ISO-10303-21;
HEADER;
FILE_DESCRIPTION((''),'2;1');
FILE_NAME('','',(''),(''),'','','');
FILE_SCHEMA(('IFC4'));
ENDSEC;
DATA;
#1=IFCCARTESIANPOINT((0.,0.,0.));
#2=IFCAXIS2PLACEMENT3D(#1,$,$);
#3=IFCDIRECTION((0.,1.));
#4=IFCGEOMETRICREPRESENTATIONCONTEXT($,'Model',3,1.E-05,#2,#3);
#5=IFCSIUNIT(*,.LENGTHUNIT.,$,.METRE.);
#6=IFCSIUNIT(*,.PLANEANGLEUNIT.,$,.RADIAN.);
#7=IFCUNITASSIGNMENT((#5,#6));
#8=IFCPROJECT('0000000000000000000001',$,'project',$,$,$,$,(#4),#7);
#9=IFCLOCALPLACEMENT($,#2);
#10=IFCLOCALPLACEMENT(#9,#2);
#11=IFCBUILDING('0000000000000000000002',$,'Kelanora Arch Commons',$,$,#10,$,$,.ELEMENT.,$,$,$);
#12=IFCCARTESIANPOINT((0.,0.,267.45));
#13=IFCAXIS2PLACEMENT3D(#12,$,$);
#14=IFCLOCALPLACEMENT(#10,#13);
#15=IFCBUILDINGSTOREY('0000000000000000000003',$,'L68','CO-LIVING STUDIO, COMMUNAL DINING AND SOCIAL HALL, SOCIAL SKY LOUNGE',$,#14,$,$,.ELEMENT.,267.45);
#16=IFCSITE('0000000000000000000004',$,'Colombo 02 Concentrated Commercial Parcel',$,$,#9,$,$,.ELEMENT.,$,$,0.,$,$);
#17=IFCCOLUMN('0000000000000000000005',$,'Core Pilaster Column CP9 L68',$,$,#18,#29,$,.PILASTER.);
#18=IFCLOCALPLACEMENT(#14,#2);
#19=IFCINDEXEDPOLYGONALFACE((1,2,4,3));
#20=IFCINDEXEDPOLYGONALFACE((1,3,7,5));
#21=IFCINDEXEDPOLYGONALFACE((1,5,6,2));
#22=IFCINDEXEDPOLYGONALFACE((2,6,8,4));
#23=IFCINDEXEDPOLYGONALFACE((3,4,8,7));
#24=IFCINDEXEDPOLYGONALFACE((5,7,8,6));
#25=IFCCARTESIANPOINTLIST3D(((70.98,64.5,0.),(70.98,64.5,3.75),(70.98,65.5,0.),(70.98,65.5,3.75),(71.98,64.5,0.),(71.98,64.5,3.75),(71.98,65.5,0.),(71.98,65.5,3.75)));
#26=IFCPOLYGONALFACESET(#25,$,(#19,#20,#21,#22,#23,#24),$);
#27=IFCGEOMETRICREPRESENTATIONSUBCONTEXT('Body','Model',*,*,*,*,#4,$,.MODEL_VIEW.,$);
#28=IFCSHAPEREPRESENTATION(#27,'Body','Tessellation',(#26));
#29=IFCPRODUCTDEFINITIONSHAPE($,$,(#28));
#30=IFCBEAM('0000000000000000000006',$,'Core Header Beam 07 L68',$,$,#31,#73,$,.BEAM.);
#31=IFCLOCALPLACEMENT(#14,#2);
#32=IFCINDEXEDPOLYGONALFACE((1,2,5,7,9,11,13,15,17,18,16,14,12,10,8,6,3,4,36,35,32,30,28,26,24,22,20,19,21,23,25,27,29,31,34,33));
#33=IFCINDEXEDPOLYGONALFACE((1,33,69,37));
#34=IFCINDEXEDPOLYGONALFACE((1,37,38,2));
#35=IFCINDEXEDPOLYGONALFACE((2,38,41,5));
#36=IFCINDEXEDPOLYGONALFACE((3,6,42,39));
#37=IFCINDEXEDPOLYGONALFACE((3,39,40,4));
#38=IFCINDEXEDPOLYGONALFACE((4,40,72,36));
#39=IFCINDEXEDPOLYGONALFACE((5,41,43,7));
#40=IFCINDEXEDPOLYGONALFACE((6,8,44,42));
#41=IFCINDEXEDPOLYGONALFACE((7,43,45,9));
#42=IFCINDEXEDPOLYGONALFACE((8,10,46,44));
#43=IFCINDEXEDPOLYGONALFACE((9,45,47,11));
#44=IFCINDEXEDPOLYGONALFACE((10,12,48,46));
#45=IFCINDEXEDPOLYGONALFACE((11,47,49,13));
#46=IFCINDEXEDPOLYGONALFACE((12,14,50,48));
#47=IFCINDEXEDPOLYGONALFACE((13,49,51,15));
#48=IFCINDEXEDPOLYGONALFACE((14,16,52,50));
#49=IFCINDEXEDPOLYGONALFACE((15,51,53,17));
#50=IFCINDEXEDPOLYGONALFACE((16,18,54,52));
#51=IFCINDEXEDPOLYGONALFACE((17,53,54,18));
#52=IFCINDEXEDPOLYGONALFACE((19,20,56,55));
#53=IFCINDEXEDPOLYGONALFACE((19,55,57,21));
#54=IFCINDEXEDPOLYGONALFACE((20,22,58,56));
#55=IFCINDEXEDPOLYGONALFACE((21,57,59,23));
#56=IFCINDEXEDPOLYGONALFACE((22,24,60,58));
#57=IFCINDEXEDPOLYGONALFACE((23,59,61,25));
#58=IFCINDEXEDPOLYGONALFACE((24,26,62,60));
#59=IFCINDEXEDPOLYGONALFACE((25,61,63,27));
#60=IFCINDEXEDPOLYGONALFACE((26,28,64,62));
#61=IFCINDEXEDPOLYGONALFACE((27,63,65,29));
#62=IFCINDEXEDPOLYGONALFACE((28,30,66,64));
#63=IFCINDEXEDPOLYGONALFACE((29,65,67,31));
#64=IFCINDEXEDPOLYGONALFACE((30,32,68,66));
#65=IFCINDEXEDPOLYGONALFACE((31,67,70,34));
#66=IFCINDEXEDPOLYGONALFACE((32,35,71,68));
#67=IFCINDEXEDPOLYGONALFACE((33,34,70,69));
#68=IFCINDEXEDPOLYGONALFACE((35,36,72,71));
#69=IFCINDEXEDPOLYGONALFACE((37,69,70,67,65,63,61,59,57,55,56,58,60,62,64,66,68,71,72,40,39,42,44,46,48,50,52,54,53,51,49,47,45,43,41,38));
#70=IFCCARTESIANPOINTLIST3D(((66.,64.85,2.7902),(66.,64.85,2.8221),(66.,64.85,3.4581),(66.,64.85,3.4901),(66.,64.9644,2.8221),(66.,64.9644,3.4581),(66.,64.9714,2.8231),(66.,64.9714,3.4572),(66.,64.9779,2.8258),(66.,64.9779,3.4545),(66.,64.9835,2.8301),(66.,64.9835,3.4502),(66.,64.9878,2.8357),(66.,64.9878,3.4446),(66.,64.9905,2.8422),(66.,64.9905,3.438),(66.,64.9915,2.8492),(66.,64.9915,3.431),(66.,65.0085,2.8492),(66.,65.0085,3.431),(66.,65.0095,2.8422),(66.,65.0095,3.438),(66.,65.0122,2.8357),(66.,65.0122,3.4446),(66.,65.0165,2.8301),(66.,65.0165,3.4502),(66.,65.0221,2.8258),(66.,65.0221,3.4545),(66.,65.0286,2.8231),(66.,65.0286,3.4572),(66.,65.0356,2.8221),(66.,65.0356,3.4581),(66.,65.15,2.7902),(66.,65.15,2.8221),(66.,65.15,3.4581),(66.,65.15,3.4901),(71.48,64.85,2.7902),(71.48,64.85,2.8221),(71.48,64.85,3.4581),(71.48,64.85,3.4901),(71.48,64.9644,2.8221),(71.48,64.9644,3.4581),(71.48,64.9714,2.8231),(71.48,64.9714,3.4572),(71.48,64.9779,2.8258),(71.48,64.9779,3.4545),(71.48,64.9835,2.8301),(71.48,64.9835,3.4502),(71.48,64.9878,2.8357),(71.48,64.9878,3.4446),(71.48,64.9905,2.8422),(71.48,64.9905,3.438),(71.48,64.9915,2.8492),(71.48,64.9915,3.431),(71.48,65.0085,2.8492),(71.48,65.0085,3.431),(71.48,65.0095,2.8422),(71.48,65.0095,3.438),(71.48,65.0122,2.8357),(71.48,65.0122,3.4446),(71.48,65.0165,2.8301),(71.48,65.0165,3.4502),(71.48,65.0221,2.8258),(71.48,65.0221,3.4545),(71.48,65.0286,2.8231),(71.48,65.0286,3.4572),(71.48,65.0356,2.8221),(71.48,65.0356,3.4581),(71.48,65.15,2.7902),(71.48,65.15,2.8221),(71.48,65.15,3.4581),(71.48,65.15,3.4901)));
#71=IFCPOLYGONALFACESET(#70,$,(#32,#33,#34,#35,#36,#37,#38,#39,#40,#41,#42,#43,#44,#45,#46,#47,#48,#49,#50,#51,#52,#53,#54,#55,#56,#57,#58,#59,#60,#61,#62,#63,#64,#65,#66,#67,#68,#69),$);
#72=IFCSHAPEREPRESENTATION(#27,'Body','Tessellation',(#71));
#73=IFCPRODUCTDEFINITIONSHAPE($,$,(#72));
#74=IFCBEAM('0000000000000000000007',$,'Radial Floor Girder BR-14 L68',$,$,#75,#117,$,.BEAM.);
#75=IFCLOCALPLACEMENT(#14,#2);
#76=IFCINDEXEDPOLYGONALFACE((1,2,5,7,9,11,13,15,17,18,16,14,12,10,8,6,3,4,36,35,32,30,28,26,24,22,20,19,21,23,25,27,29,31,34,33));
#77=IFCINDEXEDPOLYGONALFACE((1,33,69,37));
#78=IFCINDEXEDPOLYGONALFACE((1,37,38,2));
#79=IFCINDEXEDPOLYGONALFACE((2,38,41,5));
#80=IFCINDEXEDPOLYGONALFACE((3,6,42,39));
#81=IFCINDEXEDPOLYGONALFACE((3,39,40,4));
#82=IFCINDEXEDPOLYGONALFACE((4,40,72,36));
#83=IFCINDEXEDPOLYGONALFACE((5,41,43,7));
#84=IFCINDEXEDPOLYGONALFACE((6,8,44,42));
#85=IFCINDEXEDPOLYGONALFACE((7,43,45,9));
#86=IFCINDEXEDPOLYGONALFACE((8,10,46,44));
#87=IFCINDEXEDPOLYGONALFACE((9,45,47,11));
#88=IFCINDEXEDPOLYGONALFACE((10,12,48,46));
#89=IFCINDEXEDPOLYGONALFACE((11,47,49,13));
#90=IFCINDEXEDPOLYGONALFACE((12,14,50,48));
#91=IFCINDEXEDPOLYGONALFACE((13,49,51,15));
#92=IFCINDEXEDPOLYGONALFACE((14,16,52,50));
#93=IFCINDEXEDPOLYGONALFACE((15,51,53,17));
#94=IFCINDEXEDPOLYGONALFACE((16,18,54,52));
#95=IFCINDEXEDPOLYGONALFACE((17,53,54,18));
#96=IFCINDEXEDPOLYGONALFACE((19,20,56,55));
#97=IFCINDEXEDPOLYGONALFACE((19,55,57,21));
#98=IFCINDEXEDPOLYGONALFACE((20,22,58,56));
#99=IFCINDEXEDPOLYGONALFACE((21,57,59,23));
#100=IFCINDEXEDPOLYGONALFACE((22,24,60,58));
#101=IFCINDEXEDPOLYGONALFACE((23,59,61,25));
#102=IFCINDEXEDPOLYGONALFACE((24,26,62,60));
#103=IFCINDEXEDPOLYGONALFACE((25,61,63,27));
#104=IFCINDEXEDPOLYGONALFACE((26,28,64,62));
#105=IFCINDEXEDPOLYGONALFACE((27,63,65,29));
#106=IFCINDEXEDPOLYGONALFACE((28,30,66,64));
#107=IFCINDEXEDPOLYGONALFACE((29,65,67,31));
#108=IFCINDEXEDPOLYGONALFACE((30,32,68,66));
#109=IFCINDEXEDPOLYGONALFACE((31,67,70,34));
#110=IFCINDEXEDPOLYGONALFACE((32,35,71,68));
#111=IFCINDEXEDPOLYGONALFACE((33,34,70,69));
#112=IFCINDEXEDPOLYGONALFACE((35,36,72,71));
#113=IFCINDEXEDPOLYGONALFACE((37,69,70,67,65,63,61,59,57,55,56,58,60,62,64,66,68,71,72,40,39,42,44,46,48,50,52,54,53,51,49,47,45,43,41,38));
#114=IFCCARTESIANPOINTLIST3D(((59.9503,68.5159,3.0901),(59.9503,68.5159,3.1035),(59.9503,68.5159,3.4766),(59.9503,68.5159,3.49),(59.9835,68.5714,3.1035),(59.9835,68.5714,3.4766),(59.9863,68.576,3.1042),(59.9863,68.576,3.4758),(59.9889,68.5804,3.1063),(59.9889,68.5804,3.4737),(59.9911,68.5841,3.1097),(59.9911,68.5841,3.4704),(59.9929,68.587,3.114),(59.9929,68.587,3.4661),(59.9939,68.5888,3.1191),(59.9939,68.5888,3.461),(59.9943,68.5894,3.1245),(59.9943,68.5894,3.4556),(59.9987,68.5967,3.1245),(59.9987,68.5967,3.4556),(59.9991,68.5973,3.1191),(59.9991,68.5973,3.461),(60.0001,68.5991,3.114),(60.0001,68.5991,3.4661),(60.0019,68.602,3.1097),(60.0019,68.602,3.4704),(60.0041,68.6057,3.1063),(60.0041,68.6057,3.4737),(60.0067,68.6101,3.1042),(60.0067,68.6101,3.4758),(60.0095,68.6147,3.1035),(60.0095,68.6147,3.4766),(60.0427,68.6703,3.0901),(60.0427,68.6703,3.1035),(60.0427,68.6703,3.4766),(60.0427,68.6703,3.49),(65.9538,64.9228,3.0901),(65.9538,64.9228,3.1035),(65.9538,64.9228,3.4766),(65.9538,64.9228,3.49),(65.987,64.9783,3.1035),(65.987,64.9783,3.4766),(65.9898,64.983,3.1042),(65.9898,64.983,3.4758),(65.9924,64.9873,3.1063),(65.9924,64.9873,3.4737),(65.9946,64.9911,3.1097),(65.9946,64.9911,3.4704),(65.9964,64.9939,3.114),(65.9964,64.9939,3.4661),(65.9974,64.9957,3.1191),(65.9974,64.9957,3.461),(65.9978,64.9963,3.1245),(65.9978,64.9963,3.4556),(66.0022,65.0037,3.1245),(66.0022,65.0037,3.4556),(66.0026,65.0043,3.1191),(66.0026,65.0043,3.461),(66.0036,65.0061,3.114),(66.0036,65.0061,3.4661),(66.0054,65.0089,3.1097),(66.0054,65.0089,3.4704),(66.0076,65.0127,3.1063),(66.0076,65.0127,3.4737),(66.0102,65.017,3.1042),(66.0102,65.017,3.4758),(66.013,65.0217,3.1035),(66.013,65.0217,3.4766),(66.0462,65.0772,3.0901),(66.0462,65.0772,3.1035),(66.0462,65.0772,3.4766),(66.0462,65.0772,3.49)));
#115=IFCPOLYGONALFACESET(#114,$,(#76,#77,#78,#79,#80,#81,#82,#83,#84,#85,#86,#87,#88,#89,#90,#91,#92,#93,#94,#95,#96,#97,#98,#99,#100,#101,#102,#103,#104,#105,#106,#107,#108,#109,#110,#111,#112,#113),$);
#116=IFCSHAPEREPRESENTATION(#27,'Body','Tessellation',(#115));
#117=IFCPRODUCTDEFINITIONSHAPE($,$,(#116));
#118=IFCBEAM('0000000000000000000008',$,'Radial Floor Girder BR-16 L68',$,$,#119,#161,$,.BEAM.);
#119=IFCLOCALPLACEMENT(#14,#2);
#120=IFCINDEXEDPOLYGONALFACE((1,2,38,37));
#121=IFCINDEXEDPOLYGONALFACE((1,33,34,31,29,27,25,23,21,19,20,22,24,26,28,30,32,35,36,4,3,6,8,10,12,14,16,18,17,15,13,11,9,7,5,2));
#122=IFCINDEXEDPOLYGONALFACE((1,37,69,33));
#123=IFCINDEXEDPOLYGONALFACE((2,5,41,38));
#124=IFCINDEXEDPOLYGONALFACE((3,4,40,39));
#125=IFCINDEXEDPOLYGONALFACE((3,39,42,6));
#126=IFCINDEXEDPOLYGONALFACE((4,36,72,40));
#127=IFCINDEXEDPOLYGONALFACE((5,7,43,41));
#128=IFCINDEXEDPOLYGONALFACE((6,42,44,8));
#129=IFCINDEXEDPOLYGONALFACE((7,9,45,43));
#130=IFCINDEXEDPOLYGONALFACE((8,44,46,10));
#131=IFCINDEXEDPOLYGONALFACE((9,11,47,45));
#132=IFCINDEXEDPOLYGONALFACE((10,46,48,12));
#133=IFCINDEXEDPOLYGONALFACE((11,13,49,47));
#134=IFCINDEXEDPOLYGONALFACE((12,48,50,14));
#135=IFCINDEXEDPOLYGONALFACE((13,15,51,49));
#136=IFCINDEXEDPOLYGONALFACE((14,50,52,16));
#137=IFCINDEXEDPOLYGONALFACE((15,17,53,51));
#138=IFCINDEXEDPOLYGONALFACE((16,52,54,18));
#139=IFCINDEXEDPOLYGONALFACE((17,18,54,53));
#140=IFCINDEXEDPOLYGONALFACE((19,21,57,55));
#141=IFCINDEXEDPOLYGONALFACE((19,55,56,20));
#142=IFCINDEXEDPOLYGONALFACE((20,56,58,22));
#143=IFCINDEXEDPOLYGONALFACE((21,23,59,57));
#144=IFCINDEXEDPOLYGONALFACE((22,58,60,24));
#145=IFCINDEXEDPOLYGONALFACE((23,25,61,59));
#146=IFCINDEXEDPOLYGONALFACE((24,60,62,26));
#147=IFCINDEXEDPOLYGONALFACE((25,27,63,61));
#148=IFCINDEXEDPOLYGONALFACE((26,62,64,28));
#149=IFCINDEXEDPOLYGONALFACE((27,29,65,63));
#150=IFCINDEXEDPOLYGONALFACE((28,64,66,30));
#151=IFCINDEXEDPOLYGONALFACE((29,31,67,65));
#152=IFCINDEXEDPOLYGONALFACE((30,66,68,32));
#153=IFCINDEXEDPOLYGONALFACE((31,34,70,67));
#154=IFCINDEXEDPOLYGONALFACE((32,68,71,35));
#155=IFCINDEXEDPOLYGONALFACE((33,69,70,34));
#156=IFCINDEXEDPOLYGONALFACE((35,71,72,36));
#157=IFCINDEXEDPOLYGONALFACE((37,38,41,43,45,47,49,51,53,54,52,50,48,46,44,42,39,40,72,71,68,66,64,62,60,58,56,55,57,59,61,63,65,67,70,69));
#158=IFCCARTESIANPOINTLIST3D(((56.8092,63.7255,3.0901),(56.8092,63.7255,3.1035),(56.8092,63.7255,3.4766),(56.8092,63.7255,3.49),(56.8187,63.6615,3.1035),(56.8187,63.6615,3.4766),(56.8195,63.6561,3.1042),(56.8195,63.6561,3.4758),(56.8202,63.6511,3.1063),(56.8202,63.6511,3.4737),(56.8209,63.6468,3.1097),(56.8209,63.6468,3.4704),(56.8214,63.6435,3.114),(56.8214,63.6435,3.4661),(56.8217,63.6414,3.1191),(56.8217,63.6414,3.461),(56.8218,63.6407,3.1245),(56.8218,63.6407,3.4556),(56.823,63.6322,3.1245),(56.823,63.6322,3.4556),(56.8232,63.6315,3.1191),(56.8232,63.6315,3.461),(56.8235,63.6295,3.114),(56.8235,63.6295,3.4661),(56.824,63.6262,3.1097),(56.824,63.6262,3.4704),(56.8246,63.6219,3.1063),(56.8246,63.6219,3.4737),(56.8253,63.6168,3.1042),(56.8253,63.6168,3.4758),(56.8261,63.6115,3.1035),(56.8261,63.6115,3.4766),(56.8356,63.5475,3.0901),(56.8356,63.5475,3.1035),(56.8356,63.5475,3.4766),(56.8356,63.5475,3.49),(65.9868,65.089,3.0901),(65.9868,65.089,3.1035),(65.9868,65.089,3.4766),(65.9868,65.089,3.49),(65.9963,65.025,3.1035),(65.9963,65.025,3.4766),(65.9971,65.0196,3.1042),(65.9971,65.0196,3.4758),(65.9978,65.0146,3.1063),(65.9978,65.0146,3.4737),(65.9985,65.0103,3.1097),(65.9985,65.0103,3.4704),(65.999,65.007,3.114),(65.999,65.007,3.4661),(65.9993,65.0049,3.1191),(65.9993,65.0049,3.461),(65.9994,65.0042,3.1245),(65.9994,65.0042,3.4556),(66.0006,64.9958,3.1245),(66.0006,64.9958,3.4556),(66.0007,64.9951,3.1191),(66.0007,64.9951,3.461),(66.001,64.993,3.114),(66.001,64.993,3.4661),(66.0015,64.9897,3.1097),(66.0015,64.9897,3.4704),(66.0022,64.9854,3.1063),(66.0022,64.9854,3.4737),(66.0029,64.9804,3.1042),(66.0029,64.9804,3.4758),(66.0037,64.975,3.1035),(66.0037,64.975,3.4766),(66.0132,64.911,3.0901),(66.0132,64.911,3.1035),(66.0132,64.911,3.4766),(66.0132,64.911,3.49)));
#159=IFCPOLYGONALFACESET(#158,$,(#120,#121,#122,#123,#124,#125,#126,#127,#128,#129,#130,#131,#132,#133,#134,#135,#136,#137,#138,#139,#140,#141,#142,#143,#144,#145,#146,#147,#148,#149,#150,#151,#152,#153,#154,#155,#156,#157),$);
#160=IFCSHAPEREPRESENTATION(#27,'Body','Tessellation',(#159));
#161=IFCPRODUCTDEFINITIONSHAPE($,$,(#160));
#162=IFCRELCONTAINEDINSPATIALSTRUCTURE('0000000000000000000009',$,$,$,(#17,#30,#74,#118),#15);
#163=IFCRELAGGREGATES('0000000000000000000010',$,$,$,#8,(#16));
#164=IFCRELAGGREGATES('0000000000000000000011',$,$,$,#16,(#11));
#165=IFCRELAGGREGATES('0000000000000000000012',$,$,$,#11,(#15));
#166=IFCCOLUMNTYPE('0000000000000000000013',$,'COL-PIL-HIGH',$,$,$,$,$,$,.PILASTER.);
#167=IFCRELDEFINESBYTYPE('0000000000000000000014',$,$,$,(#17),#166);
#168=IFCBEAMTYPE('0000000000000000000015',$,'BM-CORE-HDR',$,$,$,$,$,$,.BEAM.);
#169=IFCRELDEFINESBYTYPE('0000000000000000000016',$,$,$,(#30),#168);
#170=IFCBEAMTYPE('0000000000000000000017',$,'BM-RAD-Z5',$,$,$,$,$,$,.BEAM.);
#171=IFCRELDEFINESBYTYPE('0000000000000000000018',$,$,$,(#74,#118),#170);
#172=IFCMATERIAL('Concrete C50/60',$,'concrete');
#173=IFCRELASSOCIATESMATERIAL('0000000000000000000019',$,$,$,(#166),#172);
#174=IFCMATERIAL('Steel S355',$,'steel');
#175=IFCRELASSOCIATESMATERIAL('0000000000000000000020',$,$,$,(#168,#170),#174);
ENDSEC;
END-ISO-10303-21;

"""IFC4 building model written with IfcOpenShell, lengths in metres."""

from ifc_helpers import new_model, si_unit, direction, frame, origin, origin_2d, place, context, subcontext, project, spatial, rectangle, i_section, extrude, material, material_profile, profile_set, type_object, element, save


model = new_model("IFC4")

# Units and contexts
model_context = context("Model", 3, precision=1e-05, world=origin(), true_north=direction((0.0, 1.0)))
body_context = subcontext(model_context, "Body", "Model", "MODEL_VIEW")
ifc_project = project(units=[si_unit("LENGTHUNIT", "METRE"), si_unit("PLANEANGLEUNIT", "RADIAN")], contexts=[model_context])

# Site, building, storey
site_placement = place(None, origin())
site = spatial("IfcSite", under=ifc_project, at=site_placement, Name="Colombo 02 Concentrated Commercial Parcel", CompositionType="ELEMENT", RefElevation=0.0)
building_placement = place(site_placement, origin())
building = spatial("IfcBuilding", under=site, at=building_placement, Name="Kelanora Arch Commons", CompositionType="ELEMENT")
storey_placement = place(building_placement, frame((0.0, 0.0, 267.45)))
storey = spatial("IfcBuildingStorey", under=building, at=storey_placement, Name="L68", Description="CO-LIVING STUDIO, COMMUNAL DINING AND SOCIAL HALL, SOCIAL SKY LOUNGE", CompositionType="ELEMENT", Elevation=267.45)

# Column
ifc_material_1 = material(Name="Concrete C50/60", Category="concrete")
ifc_material_profile_1 = material_profile(ifc_material_1, rectangle(XDim=1.0, YDim=1.0, at=origin_2d()), Name="RC1000x1000")
ifc_profile_set_1 = profile_set([ifc_material_profile_1], Name="Concrete C50/60")
column_type = type_object("IfcColumnType", Name="COL-PIL-HIGH", PredefinedType="PILASTER", material=ifc_profile_set_1)
column_placement = place(storey_placement, frame((71.48, 65.0, 0.0), z_axis=(0.0, 0.0, 1.0), x_axis=(1.0, 0.0, 0.0)))
element("IfcColumn", 1, at=column_placement, inside=storey, type_object=column_type, Name="Core Pilaster Column CP9 L68", PredefinedType="PILASTER", context=body_context, shape_type="SweptSolid", body=[
    extrude(rectangle(XDim=1.0, YDim=1.0, at=origin_2d()), origin(), (0.0, 0.0, 1.0), 3.75),
])

# Beams
ifc_material_2 = material(Name="Steel S355", Category="steel")
ifc_material_profile_2 = material_profile(ifc_material_2, i_section(OverallWidth=0.3, OverallDepth=0.7, WebThickness=0.0171, FlangeThickness=0.032, FilletRadius=0.0271, at=origin_2d()), Name="HEB700")
ifc_profile_set_2 = profile_set([ifc_material_profile_2], Name="Steel S355")
beam_type_1 = type_object("IfcBeamType", Name="BM-CORE-HDR", PredefinedType="BEAM", material=ifc_profile_set_2)
beam_1_placement = place(storey_placement, frame((71.48, 65.0, 3.1401), z_axis=(-1.0, 0.0, 0.0), x_axis=(0.0, -1.0, 0.0)))
element("IfcBeam", 2, at=beam_1_placement, inside=storey, type_object=beam_type_1, Name="Core Header Beam 07 L68", PredefinedType="BEAM", context=body_context, shape_type="SweptSolid", body=[
    extrude(i_section(OverallWidth=0.3, OverallDepth=0.7, WebThickness=0.0171, FlangeThickness=0.032, FilletRadius=0.0271, at=origin_2d()), origin(), (0.0, 0.0, 1.0), 5.48),
])
ifc_material_profile_3 = material_profile(ifc_material_2, i_section(OverallWidth=0.1799, OverallDepth=0.3999, WebThickness=0.0085, FlangeThickness=0.0134, FilletRadius=0.021, at=origin_2d()), Name="IPE400")
ifc_profile_set_3 = profile_set([ifc_material_profile_3], Name="Steel S355")
beam_type_2 = type_object("IfcBeamType", Name="BM-RAD-Z5", PredefinedType="BEAM", material=ifc_profile_set_3)
beam_2_placement = place(storey_placement, frame((66.0, 65.0, 3.29), z_axis=(-0.858062, 0.513546, 0.0), x_axis=(-0.513546, -0.858062, 0.0)))
element("IfcBeam", 3, at=beam_2_placement, inside=storey, type_object=beam_type_2, Name="Radial Floor Girder BR-14 L68", PredefinedType="BEAM", context=body_context, shape_type="SweptSolid", body=[
    extrude(i_section(OverallWidth=0.1799, OverallDepth=0.3999, WebThickness=0.0085, FlangeThickness=0.0134, FilletRadius=0.021, at=origin_2d()), origin(), (0.0, 0.0, 1.0), 6.9966),
])
beam_3_placement = place(storey_placement, frame((66.0, 65.0, 3.29), z_axis=(-0.989142, -0.14696, 0.0), x_axis=(0.14696, -0.989142, 0.0)))
element("IfcBeam", 4, at=beam_3_placement, inside=storey, type_object=beam_type_2, Name="Radial Floor Girder BR-16 L68", PredefinedType="BEAM", context=body_context, shape_type="SweptSolid", body=[
    extrude(i_section(OverallWidth=0.1799, OverallDepth=0.3999, WebThickness=0.0085, FlangeThickness=0.0134, FilletRadius=0.021, at=origin_2d()), origin(), (0.0, 0.0, 1.0), 9.2783),
])

save(model, "model.ifc")
